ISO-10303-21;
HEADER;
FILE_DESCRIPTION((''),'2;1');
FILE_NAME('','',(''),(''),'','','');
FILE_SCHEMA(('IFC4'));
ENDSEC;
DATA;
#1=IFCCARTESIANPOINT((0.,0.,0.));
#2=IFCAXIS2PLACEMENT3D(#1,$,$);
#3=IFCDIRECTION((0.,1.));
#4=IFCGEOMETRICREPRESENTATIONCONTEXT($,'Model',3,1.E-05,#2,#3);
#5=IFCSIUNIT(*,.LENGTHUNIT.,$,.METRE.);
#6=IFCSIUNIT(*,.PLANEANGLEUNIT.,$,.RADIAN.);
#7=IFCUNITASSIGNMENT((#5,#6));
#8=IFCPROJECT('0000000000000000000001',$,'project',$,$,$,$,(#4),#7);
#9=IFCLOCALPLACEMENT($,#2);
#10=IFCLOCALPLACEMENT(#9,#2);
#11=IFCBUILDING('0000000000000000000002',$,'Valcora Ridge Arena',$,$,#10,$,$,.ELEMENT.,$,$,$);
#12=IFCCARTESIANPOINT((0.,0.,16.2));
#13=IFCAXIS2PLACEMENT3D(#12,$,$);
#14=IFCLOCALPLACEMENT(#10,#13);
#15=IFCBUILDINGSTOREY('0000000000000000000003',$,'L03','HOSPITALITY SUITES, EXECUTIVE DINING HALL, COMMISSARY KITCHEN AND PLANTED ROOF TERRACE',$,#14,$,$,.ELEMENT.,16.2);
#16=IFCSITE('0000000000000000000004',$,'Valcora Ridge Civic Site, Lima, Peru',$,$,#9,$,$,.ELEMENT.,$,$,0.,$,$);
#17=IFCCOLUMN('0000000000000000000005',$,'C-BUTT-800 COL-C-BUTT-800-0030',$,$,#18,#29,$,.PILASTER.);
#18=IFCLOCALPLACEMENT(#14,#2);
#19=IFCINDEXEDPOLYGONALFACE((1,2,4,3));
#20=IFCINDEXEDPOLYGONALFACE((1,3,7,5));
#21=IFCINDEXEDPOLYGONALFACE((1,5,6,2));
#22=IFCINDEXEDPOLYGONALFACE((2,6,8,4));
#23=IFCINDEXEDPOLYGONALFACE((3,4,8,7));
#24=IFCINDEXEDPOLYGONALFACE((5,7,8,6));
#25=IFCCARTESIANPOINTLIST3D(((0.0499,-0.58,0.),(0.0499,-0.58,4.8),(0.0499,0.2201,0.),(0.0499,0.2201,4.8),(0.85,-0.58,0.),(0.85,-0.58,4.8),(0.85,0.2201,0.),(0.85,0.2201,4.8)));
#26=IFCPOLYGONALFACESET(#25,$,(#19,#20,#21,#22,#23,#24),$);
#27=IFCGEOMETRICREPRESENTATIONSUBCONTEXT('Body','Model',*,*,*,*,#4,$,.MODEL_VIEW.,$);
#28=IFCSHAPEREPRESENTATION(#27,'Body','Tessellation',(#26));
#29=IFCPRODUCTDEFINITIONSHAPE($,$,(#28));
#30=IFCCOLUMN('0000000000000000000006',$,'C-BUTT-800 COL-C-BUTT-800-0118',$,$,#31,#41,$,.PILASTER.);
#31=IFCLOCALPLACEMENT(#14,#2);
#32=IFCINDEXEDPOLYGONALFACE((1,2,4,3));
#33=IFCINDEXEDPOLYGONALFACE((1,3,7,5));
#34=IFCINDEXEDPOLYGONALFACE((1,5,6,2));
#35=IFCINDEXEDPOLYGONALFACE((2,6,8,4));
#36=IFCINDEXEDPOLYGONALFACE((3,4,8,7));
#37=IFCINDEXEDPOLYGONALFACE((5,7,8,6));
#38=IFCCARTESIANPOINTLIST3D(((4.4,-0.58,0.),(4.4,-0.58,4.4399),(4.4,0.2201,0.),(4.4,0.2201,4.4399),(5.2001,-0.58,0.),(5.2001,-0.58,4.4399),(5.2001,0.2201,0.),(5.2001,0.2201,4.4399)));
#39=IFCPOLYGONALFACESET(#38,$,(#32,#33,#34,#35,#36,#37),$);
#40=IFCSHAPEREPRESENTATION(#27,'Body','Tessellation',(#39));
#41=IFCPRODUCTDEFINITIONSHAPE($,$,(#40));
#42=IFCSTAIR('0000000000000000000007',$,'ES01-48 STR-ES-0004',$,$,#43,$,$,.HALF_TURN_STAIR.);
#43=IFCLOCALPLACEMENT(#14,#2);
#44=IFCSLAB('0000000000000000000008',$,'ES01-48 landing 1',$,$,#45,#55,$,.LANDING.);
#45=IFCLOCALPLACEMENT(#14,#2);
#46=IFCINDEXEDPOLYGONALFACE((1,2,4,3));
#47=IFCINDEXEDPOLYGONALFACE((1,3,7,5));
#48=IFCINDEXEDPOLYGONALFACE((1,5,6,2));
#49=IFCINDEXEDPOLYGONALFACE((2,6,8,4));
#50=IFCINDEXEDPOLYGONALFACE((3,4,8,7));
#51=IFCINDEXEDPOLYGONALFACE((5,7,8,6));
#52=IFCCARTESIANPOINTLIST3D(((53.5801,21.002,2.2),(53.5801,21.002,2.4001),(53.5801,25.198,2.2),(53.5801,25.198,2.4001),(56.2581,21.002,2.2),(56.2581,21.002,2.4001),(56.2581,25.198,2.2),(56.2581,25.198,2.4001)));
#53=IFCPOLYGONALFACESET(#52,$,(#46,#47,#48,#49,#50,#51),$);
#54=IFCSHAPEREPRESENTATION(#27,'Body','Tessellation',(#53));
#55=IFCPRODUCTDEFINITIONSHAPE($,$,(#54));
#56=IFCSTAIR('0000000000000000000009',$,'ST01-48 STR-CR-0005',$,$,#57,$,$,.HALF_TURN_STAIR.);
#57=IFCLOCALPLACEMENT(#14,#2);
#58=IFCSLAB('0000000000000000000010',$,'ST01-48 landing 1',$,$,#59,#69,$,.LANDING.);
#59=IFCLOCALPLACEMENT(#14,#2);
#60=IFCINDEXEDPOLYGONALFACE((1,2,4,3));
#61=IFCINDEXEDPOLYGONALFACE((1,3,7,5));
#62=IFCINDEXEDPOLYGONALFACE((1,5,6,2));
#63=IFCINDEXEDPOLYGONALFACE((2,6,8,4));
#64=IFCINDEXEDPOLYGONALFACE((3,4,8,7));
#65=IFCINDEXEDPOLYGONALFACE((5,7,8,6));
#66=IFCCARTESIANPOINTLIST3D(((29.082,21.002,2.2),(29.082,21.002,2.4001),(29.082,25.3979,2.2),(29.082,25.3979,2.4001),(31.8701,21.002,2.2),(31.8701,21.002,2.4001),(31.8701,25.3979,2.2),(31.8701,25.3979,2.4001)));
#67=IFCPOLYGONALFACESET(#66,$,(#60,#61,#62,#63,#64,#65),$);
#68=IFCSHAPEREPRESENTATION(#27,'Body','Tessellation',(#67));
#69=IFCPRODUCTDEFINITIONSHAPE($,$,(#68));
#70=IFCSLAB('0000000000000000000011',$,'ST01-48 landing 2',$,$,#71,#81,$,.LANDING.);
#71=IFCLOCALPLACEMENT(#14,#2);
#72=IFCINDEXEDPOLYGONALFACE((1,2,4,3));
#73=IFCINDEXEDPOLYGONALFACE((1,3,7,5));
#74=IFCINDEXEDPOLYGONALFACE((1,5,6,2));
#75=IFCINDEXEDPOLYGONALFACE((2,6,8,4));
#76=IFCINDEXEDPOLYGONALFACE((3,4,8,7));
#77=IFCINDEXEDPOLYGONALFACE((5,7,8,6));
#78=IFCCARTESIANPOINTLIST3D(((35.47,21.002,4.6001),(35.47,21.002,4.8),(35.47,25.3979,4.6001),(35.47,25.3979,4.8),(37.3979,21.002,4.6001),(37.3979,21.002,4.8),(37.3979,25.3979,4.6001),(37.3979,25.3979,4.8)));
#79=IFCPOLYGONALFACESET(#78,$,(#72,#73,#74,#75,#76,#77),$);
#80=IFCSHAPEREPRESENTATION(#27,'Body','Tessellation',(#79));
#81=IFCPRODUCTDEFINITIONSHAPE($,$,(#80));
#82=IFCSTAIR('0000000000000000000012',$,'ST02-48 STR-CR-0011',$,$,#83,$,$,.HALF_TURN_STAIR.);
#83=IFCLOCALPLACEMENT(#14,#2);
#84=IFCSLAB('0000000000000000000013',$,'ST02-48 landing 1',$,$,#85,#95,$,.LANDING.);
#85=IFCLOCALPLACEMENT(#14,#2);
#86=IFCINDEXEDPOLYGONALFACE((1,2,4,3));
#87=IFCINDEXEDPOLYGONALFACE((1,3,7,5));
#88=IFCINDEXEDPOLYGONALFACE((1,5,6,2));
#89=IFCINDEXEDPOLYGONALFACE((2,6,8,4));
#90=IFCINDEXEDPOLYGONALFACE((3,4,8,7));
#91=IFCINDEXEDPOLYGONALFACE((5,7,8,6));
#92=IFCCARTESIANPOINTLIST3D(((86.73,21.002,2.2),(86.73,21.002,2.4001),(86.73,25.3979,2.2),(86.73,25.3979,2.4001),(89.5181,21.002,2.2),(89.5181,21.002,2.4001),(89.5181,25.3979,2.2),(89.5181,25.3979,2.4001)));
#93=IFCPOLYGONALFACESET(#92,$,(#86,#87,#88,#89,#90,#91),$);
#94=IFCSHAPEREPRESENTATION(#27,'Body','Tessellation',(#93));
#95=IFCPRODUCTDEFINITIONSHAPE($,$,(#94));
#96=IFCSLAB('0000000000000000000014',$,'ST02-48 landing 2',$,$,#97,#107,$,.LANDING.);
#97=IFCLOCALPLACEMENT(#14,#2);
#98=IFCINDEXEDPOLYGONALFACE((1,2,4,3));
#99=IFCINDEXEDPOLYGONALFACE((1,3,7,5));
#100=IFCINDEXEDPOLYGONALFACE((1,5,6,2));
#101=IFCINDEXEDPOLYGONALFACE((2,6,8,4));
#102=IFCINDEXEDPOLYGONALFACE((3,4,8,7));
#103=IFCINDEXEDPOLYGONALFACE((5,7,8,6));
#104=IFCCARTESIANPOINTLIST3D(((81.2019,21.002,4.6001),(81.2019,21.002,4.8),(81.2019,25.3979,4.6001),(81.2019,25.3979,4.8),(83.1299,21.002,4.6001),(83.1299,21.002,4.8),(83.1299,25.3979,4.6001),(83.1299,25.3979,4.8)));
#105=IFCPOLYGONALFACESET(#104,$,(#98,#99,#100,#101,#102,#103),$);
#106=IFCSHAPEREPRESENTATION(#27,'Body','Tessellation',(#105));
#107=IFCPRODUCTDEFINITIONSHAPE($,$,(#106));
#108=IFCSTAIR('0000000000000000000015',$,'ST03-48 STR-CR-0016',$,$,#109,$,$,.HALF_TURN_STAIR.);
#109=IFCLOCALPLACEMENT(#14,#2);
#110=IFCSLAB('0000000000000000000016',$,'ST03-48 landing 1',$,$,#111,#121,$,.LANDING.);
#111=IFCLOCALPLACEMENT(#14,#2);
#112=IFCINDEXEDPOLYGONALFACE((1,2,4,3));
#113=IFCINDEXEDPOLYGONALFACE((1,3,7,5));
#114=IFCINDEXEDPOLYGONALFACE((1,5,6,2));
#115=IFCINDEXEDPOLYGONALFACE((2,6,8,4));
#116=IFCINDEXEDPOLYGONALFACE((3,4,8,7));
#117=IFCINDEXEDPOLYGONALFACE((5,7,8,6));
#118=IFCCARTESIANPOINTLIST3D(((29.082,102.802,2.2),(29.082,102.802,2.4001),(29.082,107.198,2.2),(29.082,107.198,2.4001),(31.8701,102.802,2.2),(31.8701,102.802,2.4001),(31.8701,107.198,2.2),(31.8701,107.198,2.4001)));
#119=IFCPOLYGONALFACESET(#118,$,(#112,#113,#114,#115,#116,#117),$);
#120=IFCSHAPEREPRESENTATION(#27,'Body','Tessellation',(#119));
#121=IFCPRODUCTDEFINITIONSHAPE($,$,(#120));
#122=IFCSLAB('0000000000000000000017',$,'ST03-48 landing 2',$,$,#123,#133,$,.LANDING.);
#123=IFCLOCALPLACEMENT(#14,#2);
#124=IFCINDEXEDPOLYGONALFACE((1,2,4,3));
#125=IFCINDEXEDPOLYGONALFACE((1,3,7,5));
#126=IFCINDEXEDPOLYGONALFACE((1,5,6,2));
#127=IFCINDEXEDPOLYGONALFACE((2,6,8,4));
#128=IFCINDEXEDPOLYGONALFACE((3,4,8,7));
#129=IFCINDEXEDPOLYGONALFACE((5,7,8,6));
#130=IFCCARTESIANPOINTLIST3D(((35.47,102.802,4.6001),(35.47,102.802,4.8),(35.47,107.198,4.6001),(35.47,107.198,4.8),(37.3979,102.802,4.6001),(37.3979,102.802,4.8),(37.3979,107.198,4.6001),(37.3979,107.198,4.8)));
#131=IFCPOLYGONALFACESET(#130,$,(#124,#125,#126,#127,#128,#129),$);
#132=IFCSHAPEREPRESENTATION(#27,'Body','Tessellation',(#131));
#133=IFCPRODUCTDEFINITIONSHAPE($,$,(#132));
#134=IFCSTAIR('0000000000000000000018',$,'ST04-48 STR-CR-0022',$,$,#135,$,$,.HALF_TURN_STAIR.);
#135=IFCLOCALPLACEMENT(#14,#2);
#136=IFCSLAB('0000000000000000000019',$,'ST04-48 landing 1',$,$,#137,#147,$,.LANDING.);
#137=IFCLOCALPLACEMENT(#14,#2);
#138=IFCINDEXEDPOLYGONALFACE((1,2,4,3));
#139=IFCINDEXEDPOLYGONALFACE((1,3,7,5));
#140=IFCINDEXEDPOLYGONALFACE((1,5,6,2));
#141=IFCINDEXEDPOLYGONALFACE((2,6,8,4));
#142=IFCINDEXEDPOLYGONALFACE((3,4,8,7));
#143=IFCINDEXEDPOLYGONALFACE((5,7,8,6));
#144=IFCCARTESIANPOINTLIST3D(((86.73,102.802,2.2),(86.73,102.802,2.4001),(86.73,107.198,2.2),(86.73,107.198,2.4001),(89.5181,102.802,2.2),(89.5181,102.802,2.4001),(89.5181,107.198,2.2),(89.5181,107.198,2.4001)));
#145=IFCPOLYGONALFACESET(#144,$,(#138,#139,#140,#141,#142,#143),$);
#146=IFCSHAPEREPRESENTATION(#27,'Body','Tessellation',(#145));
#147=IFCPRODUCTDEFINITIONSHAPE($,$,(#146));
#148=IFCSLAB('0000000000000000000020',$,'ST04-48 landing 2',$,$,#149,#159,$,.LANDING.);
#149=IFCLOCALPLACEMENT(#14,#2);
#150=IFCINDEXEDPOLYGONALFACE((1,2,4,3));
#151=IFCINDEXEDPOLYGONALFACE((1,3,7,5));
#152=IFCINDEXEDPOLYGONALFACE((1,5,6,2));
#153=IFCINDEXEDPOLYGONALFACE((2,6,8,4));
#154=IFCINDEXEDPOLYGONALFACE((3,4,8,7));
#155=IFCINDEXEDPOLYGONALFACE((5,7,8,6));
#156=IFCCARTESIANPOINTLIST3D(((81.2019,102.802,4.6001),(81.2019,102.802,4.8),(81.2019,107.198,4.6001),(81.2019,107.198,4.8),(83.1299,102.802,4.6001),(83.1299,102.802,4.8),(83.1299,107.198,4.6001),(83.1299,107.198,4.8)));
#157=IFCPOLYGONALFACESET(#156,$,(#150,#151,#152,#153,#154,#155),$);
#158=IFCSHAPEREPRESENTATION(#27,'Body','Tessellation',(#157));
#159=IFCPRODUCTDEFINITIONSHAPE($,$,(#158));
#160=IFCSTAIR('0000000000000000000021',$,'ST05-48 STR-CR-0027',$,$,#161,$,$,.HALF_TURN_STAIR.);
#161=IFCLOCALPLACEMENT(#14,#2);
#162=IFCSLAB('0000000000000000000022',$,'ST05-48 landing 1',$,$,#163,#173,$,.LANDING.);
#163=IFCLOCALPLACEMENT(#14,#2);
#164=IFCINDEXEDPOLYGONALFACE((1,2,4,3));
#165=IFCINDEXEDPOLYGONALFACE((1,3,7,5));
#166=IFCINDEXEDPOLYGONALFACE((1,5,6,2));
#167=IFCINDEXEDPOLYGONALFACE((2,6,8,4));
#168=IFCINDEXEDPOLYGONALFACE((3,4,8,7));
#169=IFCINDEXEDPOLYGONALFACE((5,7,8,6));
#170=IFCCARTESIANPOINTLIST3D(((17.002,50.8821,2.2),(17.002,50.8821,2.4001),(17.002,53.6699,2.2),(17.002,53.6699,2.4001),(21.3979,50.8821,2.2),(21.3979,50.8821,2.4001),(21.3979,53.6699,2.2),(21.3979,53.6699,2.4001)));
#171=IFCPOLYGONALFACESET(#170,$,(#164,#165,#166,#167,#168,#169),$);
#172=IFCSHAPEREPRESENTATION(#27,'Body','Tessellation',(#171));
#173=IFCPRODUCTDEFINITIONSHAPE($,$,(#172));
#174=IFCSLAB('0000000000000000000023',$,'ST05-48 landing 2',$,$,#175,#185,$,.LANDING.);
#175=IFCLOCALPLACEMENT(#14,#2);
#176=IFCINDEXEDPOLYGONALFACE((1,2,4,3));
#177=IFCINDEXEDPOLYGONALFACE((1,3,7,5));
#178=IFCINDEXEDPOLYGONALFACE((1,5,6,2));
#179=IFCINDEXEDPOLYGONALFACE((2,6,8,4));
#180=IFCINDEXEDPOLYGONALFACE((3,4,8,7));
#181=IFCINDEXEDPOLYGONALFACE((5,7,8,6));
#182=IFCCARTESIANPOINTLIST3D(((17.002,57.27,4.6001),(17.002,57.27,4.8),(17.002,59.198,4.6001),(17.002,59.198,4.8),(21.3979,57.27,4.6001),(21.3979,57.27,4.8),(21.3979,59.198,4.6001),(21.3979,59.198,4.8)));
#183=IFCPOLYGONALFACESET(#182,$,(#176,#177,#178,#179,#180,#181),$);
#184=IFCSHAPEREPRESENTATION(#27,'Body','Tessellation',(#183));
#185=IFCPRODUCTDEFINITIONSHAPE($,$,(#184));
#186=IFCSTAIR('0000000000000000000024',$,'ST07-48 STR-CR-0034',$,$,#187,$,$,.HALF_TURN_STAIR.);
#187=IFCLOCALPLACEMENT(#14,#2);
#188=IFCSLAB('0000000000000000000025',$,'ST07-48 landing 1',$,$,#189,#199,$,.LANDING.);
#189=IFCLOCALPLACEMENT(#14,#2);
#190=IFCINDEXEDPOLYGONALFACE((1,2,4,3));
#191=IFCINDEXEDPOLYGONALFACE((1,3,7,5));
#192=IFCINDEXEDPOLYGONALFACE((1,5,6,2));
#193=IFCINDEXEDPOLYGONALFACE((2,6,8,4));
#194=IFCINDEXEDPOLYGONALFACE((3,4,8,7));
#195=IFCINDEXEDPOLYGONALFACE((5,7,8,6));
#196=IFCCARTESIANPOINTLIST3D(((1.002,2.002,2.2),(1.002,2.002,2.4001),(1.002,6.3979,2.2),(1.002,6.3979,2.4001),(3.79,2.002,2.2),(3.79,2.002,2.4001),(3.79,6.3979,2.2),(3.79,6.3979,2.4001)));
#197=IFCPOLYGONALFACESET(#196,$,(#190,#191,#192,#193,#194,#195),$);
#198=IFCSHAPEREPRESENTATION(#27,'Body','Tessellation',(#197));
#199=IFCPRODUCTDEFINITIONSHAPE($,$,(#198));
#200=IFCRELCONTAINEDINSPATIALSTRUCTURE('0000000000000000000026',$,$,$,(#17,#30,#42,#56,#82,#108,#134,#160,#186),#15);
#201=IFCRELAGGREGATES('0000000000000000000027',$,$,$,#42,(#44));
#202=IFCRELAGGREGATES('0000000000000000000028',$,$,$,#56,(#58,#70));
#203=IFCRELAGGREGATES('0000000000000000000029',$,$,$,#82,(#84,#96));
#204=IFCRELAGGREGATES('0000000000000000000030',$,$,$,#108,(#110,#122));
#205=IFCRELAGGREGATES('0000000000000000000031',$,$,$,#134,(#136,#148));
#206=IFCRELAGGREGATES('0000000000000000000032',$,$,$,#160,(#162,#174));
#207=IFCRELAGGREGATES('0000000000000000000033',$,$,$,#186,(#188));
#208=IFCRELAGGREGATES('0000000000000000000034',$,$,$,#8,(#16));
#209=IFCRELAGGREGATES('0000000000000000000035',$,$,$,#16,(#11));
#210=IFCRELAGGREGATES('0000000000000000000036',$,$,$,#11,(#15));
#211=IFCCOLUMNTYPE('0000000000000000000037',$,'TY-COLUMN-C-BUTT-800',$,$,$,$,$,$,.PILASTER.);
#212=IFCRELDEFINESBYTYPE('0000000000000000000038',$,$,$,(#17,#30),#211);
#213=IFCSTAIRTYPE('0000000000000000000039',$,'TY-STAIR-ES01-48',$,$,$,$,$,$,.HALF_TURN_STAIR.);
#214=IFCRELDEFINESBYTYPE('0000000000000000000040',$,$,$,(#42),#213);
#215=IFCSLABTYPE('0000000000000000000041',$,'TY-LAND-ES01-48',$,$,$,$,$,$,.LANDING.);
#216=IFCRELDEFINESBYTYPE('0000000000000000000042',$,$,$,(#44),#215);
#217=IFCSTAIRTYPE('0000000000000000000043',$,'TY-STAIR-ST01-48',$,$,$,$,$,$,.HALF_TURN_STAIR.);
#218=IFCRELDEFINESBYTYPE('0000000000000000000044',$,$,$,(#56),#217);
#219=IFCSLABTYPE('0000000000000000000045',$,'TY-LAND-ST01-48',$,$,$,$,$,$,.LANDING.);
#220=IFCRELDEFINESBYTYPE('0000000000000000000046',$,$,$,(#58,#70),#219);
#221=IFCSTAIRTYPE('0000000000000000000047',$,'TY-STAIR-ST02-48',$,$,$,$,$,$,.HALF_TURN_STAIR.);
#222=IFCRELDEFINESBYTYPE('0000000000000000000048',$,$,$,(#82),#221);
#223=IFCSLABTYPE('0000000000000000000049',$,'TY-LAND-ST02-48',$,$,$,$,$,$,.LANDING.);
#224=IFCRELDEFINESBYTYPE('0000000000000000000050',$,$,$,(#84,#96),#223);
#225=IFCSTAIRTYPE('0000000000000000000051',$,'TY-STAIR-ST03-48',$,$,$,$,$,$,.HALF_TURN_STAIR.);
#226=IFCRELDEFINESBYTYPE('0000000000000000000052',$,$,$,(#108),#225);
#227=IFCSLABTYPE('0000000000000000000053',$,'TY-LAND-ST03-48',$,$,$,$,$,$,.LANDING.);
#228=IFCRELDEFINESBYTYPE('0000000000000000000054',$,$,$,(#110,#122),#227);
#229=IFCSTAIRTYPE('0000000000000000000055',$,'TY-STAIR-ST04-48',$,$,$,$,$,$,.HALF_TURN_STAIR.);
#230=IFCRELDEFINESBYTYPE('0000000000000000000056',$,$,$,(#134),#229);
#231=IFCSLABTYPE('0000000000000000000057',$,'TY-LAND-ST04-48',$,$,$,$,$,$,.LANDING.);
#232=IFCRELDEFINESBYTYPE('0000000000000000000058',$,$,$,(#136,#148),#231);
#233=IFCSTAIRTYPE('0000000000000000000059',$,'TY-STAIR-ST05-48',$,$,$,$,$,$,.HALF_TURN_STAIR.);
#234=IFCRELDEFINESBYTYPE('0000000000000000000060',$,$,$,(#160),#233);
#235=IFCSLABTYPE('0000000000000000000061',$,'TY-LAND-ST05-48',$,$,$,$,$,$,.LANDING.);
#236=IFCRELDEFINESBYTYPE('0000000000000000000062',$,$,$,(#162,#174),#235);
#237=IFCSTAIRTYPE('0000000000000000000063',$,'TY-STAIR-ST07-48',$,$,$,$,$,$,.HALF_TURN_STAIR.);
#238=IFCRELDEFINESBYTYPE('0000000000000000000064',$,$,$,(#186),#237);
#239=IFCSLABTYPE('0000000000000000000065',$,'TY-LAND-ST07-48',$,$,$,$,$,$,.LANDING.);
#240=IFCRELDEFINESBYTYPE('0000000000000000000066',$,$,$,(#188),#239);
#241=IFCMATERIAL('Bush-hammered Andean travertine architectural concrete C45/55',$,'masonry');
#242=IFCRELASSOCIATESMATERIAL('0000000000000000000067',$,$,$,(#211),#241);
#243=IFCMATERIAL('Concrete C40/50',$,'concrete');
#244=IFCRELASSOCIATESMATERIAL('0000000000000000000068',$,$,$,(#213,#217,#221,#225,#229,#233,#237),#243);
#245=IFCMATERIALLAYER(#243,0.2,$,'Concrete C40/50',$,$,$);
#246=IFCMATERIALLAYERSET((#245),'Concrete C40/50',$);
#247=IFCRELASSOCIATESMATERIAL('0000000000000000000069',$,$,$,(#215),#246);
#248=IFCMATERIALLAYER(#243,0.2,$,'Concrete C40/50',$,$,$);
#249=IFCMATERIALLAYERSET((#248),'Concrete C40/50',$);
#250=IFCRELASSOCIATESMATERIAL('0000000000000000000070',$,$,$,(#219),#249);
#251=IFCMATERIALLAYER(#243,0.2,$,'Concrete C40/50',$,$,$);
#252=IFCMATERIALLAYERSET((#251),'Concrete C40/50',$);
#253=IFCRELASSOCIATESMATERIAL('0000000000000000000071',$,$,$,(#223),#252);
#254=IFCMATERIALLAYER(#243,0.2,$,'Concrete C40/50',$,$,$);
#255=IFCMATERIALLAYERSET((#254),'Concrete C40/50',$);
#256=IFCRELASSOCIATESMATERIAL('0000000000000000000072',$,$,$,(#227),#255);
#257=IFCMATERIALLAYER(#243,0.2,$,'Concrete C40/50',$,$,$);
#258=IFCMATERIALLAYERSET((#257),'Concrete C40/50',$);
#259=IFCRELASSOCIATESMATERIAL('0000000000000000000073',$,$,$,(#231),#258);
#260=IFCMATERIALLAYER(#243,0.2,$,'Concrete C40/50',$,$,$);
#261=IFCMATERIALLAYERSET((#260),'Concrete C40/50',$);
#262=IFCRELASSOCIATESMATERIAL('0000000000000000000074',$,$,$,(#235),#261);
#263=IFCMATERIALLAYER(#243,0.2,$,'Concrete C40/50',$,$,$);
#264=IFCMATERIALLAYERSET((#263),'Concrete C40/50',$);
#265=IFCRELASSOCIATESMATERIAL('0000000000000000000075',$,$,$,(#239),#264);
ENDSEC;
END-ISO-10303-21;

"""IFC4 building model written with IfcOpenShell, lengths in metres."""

from ifc_helpers import new_model, si_unit, direction, frame, origin, origin_2d, place, context, subcontext, project, spatial, polyline, rectangle, outline, extrude, material, layer, layer_set, material_profile, profile_set, type_object, element, aggregate, save


model = new_model("IFC4")

# Units and contexts
model_context = context("Model", 3, precision=1e-05, world=origin(), true_north=direction((0.0, 1.0)))
body_context = subcontext(model_context, "Body", "Model", "MODEL_VIEW")
ifc_project = project(units=[si_unit("LENGTHUNIT", "METRE"), si_unit("PLANEANGLEUNIT", "RADIAN")], contexts=[model_context])

# Site, building, storey
site_placement = place(None, origin())
site = spatial("IfcSite", under=ifc_project, at=site_placement, Name="Valcora Ridge Civic Site, Lima, Peru", CompositionType="ELEMENT", RefElevation=0.0)
building_placement = place(site_placement, origin())
building = spatial("IfcBuilding", under=site, at=building_placement, Name="Valcora Ridge Arena", CompositionType="ELEMENT")
storey_placement = place(building_placement, frame((0.0, 0.0, 16.2)))
storey = spatial("IfcBuildingStorey", under=building, at=storey_placement, Name="L03", Description="HOSPITALITY SUITES, EXECUTIVE DINING HALL, COMMISSARY KITCHEN AND PLANTED ROOF TERRACE", CompositionType="ELEMENT", Elevation=16.2)

# Columns
ifc_material_1 = material(Name="Bush-hammered Andean travertine architectural concrete C45/55", Category="masonry")
ifc_material_profile = material_profile(ifc_material_1, rectangle(XDim=0.8, YDim=0.8, at=origin_2d()), Name="RC 800x800")
ifc_profile_set = profile_set([ifc_material_profile], Name="Bush-hammered Andean travertine architectural concrete C45/55")
column_type = type_object("IfcColumnType", Name="TY-COLUMN-C-BUTT-800", PredefinedType="PILASTER", material=ifc_profile_set)
column_1_placement = place(storey_placement, frame((0.45, -0.1799, 0.0), z_axis=(0.0, 0.0, 1.0), x_axis=(1.0, 0.0, 0.0)))
element("IfcColumn", 1, at=column_1_placement, inside=storey, type_object=column_type, Name="C-BUTT-800 COL-C-BUTT-800-0030", PredefinedType="PILASTER", context=body_context, shape_type="SweptSolid", body=[
    extrude(rectangle(XDim=0.8, YDim=0.8, at=origin_2d()), origin(), (0.0, 0.0, 1.0), 4.8),
])
column_2_placement = place(storey_placement, frame((4.8, -0.1799, 0.0), z_axis=(0.0, 0.0, 1.0), x_axis=(1.0, 0.0, 0.0)))
element("IfcColumn", 2, at=column_2_placement, inside=storey, type_object=column_type, Name="C-BUTT-800 COL-C-BUTT-800-0118", PredefinedType="PILASTER", context=body_context, shape_type="SweptSolid", body=[
    extrude(rectangle(XDim=0.8, YDim=0.8, at=origin_2d()), origin(), (0.0, 0.0, 1.0), 4.4399),
])

# Stair, slab
ifc_material_2 = material(Name="Concrete C40/50", Category="concrete")
stair_type_1 = type_object("IfcStairType", Name="TY-STAIR-ES01-48", PredefinedType="HALF_TURN_STAIR", material=ifc_material_2)
stair_1_placement = place(storey_placement, origin())
stair_1 = element("IfcStair", 3, at=stair_1_placement, inside=storey, type_object=stair_type_1, Name="ES01-48 STR-ES-0004", PredefinedType="HALF_TURN_STAIR")
ifc_layer_1 = layer(ifc_material_2, 0.2, Name="Concrete C40/50")
ifc_layer_set_1 = layer_set([ifc_layer_1], Name="Concrete C40/50")
slab_type_1 = type_object("IfcSlabType", Name="TY-LAND-ES01-48", PredefinedType="LANDING", material=ifc_layer_set_1)
slab_1_placement = place(storey_placement, frame((0.0, 0.0, 2.2)))
slab_1 = element("IfcSlab", 4, at=slab_1_placement, type_object=slab_type_1, Name="ES01-48 landing 1", PredefinedType="LANDING", context=body_context, shape_type="SweptSolid", body=[
    extrude(outline(polyline([(53.5801, 21.002), (56.2581, 21.002), (56.2581, 25.198), (53.5801, 25.198), (53.5801, 21.002)])), origin(), (0.0, 0.0, 1.0), 0.2002),
])
aggregate(stair_1, [slab_1])

# Stairs, slabs
stair_type_2 = type_object("IfcStairType", Name="TY-STAIR-ST01-48", PredefinedType="HALF_TURN_STAIR", material=ifc_material_2)
stair_2_placement = place(storey_placement, origin())
stair_2 = element("IfcStair", 5, at=stair_2_placement, inside=storey, type_object=stair_type_2, Name="ST01-48 STR-CR-0005", PredefinedType="HALF_TURN_STAIR")
ifc_layer_2 = layer(ifc_material_2, 0.2, Name="Concrete C40/50")
ifc_layer_set_2 = layer_set([ifc_layer_2], Name="Concrete C40/50")
slab_type_2 = type_object("IfcSlabType", Name="TY-LAND-ST01-48", PredefinedType="LANDING", material=ifc_layer_set_2)
slab_2_placement = place(storey_placement, frame((0.0, 0.0, 2.2)))
slab_2 = element("IfcSlab", 6, at=slab_2_placement, type_object=slab_type_2, Name="ST01-48 landing 1", PredefinedType="LANDING", context=body_context, shape_type="SweptSolid", body=[
    extrude(outline(polyline([(29.082, 21.002), (31.8701, 21.002), (31.8701, 25.3979), (29.082, 25.3979), (29.082, 21.002)])), origin(), (0.0, 0.0, 1.0), 0.2002),
])
slab_3_placement = place(storey_placement, frame((0.0, 0.0, 4.6001)))
slab_3 = element("IfcSlab", 7, at=slab_3_placement, type_object=slab_type_2, Name="ST01-48 landing 2", PredefinedType="LANDING", context=body_context, shape_type="SweptSolid", body=[
    extrude(outline(polyline([(35.47, 21.002), (37.3979, 21.002), (37.3979, 25.3979), (35.47, 25.3979), (35.47, 21.002)])), origin(), (0.0, 0.0, 1.0), 0.2),
])
aggregate(stair_2, [slab_2, slab_3])
stair_type_3 = type_object("IfcStairType", Name="TY-STAIR-ST02-48", PredefinedType="HALF_TURN_STAIR", material=ifc_material_2)
stair_3_placement = place(storey_placement, origin())
stair_3 = element("IfcStair", 8, at=stair_3_placement, inside=storey, type_object=stair_type_3, Name="ST02-48 STR-CR-0011", PredefinedType="HALF_TURN_STAIR")
ifc_layer_3 = layer(ifc_material_2, 0.2, Name="Concrete C40/50")
ifc_layer_set_3 = layer_set([ifc_layer_3], Name="Concrete C40/50")
slab_type_3 = type_object("IfcSlabType", Name="TY-LAND-ST02-48", PredefinedType="LANDING", material=ifc_layer_set_3)
slab_4_placement = place(storey_placement, frame((0.0, 0.0, 2.2)))
slab_4 = element("IfcSlab", 9, at=slab_4_placement, type_object=slab_type_3, Name="ST02-48 landing 1", PredefinedType="LANDING", context=body_context, shape_type="SweptSolid", body=[
    extrude(outline(polyline([(86.73, 21.002), (89.5181, 21.002), (89.5181, 25.3979), (86.73, 25.3979), (86.73, 21.002)])), origin(), (0.0, 0.0, 1.0), 0.2002),
])
slab_5_placement = place(storey_placement, frame((0.0, 0.0, 4.6001)))
slab_5 = element("IfcSlab", 10, at=slab_5_placement, type_object=slab_type_3, Name="ST02-48 landing 2", PredefinedType="LANDING", context=body_context, shape_type="SweptSolid", body=[
    extrude(outline(polyline([(81.2019, 21.002), (83.1299, 21.002), (83.1299, 25.3979), (81.2019, 25.3979), (81.2019, 21.002)])), origin(), (0.0, 0.0, 1.0), 0.2),
])
aggregate(stair_3, [slab_4, slab_5])
stair_type_4 = type_object("IfcStairType", Name="TY-STAIR-ST03-48", PredefinedType="HALF_TURN_STAIR", material=ifc_material_2)
stair_4_placement = place(storey_placement, origin())
stair_4 = element("IfcStair", 11, at=stair_4_placement, inside=storey, type_object=stair_type_4, Name="ST03-48 STR-CR-0016", PredefinedType="HALF_TURN_STAIR")
ifc_layer_4 = layer(ifc_material_2, 0.2, Name="Concrete C40/50")
ifc_layer_set_4 = layer_set([ifc_layer_4], Name="Concrete C40/50")
slab_type_4 = type_object("IfcSlabType", Name="TY-LAND-ST03-48", PredefinedType="LANDING", material=ifc_layer_set_4)
slab_6_placement = place(storey_placement, frame((0.0, 0.0, 2.2)))
slab_6 = element("IfcSlab", 12, at=slab_6_placement, type_object=slab_type_4, Name="ST03-48 landing 1", PredefinedType="LANDING", context=body_context, shape_type="SweptSolid", body=[
    extrude(outline(polyline([(29.082, 102.802), (31.8701, 102.802), (31.8701, 107.198), (29.082, 107.198), (29.082, 102.802)])), origin(), (0.0, 0.0, 1.0), 0.2002),
])
slab_7_placement = place(storey_placement, frame((0.0, 0.0, 4.6001)))
slab_7 = element("IfcSlab", 13, at=slab_7_placement, type_object=slab_type_4, Name="ST03-48 landing 2", PredefinedType="LANDING", context=body_context, shape_type="SweptSolid", body=[
    extrude(outline(polyline([(35.47, 102.802), (37.3979, 102.802), (37.3979, 107.198), (35.47, 107.198), (35.47, 102.802)])), origin(), (0.0, 0.0, 1.0), 0.2),
])
aggregate(stair_4, [slab_6, slab_7])
stair_type_5 = type_object("IfcStairType", Name="TY-STAIR-ST04-48", PredefinedType="HALF_TURN_STAIR", material=ifc_material_2)
stair_5_placement = place(storey_placement, origin())
stair_5 = element("IfcStair", 14, at=stair_5_placement, inside=storey, type_object=stair_type_5, Name="ST04-48 STR-CR-0022", PredefinedType="HALF_TURN_STAIR")
ifc_layer_5 = layer(ifc_material_2, 0.2, Name="Concrete C40/50")
ifc_layer_set_5 = layer_set([ifc_layer_5], Name="Concrete C40/50")
slab_type_5 = type_object("IfcSlabType", Name="TY-LAND-ST04-48", PredefinedType="LANDING", material=ifc_layer_set_5)
slab_8_placement = place(storey_placement, frame((0.0, 0.0, 2.2)))
slab_8 = element("IfcSlab", 15, at=slab_8_placement, type_object=slab_type_5, Name="ST04-48 landing 1", PredefinedType="LANDING", context=body_context, shape_type="SweptSolid", body=[
    extrude(outline(polyline([(86.73, 102.802), (89.5181, 102.802), (89.5181, 107.198), (86.73, 107.198), (86.73, 102.802)])), origin(), (0.0, 0.0, 1.0), 0.2002),
])
slab_9_placement = place(storey_placement, frame((0.0, 0.0, 4.6001)))
slab_9 = element("IfcSlab", 16, at=slab_9_placement, type_object=slab_type_5, Name="ST04-48 landing 2", PredefinedType="LANDING", context=body_context, shape_type="SweptSolid", body=[
    extrude(outline(polyline([(81.2019, 102.802), (83.1299, 102.802), (83.1299, 107.198), (81.2019, 107.198), (81.2019, 102.802)])), origin(), (0.0, 0.0, 1.0), 0.2),
])
aggregate(stair_5, [slab_8, slab_9])
stair_type_6 = type_object("IfcStairType", Name="TY-STAIR-ST05-48", PredefinedType="HALF_TURN_STAIR", material=ifc_material_2)
stair_6_placement = place(storey_placement, origin())
stair_6 = element("IfcStair", 17, at=stair_6_placement, inside=storey, type_object=stair_type_6, Name="ST05-48 STR-CR-0027", PredefinedType="HALF_TURN_STAIR")
ifc_layer_6 = layer(ifc_material_2, 0.2, Name="Concrete C40/50")
ifc_layer_set_6 = layer_set([ifc_layer_6], Name="Concrete C40/50")
slab_type_6 = type_object("IfcSlabType", Name="TY-LAND-ST05-48", PredefinedType="LANDING", material=ifc_layer_set_6)
slab_10_placement = place(storey_placement, frame((0.0, 0.0, 2.2)))
slab_10 = element("IfcSlab", 18, at=slab_10_placement, type_object=slab_type_6, Name="ST05-48 landing 1", PredefinedType="LANDING", context=body_context, shape_type="SweptSolid", body=[
    extrude(outline(polyline([(17.002, 50.8821), (21.3979, 50.8821), (21.3979, 53.6699), (17.002, 53.6699), (17.002, 50.8821)])), origin(), (0.0, 0.0, 1.0), 0.2002),
])
slab_11_placement = place(storey_placement, frame((0.0, 0.0, 4.6001)))
slab_11 = element("IfcSlab", 19, at=slab_11_placement, type_object=slab_type_6, Name="ST05-48 landing 2", PredefinedType="LANDING", context=body_context, shape_type="SweptSolid", body=[
    extrude(outline(polyline([(17.002, 57.27), (21.3979, 57.27), (21.3979, 59.198), (17.002, 59.198), (17.002, 57.27)])), origin(), (0.0, 0.0, 1.0), 0.2),
])
aggregate(stair_6, [slab_10, slab_11])
stair_type_7 = type_object("IfcStairType", Name="TY-STAIR-ST07-48", PredefinedType="HALF_TURN_STAIR", material=ifc_material_2)
stair_7_placement = place(storey_placement, origin())
stair_7 = element("IfcStair", 20, at=stair_7_placement, inside=storey, type_object=stair_type_7, Name="ST07-48 STR-CR-0034", PredefinedType="HALF_TURN_STAIR")
ifc_layer_7 = layer(ifc_material_2, 0.2, Name="Concrete C40/50")
ifc_layer_set_7 = layer_set([ifc_layer_7], Name="Concrete C40/50")
slab_type_7 = type_object("IfcSlabType", Name="TY-LAND-ST07-48", PredefinedType="LANDING", material=ifc_layer_set_7)
slab_12_placement = place(storey_placement, frame((0.0, 0.0, 2.2)))
slab_12 = element("IfcSlab", 21, at=slab_12_placement, type_object=slab_type_7, Name="ST07-48 landing 1", PredefinedType="LANDING", context=body_context, shape_type="SweptSolid", body=[
    extrude(outline(polyline([(1.002, 2.002), (3.79, 2.002), (3.79, 6.3979), (1.002, 6.3979), (1.002, 2.002)])), origin(), (0.0, 0.0, 1.0), 0.2002),
])
aggregate(stair_7, [slab_12])

save(model, "model.ifc")
